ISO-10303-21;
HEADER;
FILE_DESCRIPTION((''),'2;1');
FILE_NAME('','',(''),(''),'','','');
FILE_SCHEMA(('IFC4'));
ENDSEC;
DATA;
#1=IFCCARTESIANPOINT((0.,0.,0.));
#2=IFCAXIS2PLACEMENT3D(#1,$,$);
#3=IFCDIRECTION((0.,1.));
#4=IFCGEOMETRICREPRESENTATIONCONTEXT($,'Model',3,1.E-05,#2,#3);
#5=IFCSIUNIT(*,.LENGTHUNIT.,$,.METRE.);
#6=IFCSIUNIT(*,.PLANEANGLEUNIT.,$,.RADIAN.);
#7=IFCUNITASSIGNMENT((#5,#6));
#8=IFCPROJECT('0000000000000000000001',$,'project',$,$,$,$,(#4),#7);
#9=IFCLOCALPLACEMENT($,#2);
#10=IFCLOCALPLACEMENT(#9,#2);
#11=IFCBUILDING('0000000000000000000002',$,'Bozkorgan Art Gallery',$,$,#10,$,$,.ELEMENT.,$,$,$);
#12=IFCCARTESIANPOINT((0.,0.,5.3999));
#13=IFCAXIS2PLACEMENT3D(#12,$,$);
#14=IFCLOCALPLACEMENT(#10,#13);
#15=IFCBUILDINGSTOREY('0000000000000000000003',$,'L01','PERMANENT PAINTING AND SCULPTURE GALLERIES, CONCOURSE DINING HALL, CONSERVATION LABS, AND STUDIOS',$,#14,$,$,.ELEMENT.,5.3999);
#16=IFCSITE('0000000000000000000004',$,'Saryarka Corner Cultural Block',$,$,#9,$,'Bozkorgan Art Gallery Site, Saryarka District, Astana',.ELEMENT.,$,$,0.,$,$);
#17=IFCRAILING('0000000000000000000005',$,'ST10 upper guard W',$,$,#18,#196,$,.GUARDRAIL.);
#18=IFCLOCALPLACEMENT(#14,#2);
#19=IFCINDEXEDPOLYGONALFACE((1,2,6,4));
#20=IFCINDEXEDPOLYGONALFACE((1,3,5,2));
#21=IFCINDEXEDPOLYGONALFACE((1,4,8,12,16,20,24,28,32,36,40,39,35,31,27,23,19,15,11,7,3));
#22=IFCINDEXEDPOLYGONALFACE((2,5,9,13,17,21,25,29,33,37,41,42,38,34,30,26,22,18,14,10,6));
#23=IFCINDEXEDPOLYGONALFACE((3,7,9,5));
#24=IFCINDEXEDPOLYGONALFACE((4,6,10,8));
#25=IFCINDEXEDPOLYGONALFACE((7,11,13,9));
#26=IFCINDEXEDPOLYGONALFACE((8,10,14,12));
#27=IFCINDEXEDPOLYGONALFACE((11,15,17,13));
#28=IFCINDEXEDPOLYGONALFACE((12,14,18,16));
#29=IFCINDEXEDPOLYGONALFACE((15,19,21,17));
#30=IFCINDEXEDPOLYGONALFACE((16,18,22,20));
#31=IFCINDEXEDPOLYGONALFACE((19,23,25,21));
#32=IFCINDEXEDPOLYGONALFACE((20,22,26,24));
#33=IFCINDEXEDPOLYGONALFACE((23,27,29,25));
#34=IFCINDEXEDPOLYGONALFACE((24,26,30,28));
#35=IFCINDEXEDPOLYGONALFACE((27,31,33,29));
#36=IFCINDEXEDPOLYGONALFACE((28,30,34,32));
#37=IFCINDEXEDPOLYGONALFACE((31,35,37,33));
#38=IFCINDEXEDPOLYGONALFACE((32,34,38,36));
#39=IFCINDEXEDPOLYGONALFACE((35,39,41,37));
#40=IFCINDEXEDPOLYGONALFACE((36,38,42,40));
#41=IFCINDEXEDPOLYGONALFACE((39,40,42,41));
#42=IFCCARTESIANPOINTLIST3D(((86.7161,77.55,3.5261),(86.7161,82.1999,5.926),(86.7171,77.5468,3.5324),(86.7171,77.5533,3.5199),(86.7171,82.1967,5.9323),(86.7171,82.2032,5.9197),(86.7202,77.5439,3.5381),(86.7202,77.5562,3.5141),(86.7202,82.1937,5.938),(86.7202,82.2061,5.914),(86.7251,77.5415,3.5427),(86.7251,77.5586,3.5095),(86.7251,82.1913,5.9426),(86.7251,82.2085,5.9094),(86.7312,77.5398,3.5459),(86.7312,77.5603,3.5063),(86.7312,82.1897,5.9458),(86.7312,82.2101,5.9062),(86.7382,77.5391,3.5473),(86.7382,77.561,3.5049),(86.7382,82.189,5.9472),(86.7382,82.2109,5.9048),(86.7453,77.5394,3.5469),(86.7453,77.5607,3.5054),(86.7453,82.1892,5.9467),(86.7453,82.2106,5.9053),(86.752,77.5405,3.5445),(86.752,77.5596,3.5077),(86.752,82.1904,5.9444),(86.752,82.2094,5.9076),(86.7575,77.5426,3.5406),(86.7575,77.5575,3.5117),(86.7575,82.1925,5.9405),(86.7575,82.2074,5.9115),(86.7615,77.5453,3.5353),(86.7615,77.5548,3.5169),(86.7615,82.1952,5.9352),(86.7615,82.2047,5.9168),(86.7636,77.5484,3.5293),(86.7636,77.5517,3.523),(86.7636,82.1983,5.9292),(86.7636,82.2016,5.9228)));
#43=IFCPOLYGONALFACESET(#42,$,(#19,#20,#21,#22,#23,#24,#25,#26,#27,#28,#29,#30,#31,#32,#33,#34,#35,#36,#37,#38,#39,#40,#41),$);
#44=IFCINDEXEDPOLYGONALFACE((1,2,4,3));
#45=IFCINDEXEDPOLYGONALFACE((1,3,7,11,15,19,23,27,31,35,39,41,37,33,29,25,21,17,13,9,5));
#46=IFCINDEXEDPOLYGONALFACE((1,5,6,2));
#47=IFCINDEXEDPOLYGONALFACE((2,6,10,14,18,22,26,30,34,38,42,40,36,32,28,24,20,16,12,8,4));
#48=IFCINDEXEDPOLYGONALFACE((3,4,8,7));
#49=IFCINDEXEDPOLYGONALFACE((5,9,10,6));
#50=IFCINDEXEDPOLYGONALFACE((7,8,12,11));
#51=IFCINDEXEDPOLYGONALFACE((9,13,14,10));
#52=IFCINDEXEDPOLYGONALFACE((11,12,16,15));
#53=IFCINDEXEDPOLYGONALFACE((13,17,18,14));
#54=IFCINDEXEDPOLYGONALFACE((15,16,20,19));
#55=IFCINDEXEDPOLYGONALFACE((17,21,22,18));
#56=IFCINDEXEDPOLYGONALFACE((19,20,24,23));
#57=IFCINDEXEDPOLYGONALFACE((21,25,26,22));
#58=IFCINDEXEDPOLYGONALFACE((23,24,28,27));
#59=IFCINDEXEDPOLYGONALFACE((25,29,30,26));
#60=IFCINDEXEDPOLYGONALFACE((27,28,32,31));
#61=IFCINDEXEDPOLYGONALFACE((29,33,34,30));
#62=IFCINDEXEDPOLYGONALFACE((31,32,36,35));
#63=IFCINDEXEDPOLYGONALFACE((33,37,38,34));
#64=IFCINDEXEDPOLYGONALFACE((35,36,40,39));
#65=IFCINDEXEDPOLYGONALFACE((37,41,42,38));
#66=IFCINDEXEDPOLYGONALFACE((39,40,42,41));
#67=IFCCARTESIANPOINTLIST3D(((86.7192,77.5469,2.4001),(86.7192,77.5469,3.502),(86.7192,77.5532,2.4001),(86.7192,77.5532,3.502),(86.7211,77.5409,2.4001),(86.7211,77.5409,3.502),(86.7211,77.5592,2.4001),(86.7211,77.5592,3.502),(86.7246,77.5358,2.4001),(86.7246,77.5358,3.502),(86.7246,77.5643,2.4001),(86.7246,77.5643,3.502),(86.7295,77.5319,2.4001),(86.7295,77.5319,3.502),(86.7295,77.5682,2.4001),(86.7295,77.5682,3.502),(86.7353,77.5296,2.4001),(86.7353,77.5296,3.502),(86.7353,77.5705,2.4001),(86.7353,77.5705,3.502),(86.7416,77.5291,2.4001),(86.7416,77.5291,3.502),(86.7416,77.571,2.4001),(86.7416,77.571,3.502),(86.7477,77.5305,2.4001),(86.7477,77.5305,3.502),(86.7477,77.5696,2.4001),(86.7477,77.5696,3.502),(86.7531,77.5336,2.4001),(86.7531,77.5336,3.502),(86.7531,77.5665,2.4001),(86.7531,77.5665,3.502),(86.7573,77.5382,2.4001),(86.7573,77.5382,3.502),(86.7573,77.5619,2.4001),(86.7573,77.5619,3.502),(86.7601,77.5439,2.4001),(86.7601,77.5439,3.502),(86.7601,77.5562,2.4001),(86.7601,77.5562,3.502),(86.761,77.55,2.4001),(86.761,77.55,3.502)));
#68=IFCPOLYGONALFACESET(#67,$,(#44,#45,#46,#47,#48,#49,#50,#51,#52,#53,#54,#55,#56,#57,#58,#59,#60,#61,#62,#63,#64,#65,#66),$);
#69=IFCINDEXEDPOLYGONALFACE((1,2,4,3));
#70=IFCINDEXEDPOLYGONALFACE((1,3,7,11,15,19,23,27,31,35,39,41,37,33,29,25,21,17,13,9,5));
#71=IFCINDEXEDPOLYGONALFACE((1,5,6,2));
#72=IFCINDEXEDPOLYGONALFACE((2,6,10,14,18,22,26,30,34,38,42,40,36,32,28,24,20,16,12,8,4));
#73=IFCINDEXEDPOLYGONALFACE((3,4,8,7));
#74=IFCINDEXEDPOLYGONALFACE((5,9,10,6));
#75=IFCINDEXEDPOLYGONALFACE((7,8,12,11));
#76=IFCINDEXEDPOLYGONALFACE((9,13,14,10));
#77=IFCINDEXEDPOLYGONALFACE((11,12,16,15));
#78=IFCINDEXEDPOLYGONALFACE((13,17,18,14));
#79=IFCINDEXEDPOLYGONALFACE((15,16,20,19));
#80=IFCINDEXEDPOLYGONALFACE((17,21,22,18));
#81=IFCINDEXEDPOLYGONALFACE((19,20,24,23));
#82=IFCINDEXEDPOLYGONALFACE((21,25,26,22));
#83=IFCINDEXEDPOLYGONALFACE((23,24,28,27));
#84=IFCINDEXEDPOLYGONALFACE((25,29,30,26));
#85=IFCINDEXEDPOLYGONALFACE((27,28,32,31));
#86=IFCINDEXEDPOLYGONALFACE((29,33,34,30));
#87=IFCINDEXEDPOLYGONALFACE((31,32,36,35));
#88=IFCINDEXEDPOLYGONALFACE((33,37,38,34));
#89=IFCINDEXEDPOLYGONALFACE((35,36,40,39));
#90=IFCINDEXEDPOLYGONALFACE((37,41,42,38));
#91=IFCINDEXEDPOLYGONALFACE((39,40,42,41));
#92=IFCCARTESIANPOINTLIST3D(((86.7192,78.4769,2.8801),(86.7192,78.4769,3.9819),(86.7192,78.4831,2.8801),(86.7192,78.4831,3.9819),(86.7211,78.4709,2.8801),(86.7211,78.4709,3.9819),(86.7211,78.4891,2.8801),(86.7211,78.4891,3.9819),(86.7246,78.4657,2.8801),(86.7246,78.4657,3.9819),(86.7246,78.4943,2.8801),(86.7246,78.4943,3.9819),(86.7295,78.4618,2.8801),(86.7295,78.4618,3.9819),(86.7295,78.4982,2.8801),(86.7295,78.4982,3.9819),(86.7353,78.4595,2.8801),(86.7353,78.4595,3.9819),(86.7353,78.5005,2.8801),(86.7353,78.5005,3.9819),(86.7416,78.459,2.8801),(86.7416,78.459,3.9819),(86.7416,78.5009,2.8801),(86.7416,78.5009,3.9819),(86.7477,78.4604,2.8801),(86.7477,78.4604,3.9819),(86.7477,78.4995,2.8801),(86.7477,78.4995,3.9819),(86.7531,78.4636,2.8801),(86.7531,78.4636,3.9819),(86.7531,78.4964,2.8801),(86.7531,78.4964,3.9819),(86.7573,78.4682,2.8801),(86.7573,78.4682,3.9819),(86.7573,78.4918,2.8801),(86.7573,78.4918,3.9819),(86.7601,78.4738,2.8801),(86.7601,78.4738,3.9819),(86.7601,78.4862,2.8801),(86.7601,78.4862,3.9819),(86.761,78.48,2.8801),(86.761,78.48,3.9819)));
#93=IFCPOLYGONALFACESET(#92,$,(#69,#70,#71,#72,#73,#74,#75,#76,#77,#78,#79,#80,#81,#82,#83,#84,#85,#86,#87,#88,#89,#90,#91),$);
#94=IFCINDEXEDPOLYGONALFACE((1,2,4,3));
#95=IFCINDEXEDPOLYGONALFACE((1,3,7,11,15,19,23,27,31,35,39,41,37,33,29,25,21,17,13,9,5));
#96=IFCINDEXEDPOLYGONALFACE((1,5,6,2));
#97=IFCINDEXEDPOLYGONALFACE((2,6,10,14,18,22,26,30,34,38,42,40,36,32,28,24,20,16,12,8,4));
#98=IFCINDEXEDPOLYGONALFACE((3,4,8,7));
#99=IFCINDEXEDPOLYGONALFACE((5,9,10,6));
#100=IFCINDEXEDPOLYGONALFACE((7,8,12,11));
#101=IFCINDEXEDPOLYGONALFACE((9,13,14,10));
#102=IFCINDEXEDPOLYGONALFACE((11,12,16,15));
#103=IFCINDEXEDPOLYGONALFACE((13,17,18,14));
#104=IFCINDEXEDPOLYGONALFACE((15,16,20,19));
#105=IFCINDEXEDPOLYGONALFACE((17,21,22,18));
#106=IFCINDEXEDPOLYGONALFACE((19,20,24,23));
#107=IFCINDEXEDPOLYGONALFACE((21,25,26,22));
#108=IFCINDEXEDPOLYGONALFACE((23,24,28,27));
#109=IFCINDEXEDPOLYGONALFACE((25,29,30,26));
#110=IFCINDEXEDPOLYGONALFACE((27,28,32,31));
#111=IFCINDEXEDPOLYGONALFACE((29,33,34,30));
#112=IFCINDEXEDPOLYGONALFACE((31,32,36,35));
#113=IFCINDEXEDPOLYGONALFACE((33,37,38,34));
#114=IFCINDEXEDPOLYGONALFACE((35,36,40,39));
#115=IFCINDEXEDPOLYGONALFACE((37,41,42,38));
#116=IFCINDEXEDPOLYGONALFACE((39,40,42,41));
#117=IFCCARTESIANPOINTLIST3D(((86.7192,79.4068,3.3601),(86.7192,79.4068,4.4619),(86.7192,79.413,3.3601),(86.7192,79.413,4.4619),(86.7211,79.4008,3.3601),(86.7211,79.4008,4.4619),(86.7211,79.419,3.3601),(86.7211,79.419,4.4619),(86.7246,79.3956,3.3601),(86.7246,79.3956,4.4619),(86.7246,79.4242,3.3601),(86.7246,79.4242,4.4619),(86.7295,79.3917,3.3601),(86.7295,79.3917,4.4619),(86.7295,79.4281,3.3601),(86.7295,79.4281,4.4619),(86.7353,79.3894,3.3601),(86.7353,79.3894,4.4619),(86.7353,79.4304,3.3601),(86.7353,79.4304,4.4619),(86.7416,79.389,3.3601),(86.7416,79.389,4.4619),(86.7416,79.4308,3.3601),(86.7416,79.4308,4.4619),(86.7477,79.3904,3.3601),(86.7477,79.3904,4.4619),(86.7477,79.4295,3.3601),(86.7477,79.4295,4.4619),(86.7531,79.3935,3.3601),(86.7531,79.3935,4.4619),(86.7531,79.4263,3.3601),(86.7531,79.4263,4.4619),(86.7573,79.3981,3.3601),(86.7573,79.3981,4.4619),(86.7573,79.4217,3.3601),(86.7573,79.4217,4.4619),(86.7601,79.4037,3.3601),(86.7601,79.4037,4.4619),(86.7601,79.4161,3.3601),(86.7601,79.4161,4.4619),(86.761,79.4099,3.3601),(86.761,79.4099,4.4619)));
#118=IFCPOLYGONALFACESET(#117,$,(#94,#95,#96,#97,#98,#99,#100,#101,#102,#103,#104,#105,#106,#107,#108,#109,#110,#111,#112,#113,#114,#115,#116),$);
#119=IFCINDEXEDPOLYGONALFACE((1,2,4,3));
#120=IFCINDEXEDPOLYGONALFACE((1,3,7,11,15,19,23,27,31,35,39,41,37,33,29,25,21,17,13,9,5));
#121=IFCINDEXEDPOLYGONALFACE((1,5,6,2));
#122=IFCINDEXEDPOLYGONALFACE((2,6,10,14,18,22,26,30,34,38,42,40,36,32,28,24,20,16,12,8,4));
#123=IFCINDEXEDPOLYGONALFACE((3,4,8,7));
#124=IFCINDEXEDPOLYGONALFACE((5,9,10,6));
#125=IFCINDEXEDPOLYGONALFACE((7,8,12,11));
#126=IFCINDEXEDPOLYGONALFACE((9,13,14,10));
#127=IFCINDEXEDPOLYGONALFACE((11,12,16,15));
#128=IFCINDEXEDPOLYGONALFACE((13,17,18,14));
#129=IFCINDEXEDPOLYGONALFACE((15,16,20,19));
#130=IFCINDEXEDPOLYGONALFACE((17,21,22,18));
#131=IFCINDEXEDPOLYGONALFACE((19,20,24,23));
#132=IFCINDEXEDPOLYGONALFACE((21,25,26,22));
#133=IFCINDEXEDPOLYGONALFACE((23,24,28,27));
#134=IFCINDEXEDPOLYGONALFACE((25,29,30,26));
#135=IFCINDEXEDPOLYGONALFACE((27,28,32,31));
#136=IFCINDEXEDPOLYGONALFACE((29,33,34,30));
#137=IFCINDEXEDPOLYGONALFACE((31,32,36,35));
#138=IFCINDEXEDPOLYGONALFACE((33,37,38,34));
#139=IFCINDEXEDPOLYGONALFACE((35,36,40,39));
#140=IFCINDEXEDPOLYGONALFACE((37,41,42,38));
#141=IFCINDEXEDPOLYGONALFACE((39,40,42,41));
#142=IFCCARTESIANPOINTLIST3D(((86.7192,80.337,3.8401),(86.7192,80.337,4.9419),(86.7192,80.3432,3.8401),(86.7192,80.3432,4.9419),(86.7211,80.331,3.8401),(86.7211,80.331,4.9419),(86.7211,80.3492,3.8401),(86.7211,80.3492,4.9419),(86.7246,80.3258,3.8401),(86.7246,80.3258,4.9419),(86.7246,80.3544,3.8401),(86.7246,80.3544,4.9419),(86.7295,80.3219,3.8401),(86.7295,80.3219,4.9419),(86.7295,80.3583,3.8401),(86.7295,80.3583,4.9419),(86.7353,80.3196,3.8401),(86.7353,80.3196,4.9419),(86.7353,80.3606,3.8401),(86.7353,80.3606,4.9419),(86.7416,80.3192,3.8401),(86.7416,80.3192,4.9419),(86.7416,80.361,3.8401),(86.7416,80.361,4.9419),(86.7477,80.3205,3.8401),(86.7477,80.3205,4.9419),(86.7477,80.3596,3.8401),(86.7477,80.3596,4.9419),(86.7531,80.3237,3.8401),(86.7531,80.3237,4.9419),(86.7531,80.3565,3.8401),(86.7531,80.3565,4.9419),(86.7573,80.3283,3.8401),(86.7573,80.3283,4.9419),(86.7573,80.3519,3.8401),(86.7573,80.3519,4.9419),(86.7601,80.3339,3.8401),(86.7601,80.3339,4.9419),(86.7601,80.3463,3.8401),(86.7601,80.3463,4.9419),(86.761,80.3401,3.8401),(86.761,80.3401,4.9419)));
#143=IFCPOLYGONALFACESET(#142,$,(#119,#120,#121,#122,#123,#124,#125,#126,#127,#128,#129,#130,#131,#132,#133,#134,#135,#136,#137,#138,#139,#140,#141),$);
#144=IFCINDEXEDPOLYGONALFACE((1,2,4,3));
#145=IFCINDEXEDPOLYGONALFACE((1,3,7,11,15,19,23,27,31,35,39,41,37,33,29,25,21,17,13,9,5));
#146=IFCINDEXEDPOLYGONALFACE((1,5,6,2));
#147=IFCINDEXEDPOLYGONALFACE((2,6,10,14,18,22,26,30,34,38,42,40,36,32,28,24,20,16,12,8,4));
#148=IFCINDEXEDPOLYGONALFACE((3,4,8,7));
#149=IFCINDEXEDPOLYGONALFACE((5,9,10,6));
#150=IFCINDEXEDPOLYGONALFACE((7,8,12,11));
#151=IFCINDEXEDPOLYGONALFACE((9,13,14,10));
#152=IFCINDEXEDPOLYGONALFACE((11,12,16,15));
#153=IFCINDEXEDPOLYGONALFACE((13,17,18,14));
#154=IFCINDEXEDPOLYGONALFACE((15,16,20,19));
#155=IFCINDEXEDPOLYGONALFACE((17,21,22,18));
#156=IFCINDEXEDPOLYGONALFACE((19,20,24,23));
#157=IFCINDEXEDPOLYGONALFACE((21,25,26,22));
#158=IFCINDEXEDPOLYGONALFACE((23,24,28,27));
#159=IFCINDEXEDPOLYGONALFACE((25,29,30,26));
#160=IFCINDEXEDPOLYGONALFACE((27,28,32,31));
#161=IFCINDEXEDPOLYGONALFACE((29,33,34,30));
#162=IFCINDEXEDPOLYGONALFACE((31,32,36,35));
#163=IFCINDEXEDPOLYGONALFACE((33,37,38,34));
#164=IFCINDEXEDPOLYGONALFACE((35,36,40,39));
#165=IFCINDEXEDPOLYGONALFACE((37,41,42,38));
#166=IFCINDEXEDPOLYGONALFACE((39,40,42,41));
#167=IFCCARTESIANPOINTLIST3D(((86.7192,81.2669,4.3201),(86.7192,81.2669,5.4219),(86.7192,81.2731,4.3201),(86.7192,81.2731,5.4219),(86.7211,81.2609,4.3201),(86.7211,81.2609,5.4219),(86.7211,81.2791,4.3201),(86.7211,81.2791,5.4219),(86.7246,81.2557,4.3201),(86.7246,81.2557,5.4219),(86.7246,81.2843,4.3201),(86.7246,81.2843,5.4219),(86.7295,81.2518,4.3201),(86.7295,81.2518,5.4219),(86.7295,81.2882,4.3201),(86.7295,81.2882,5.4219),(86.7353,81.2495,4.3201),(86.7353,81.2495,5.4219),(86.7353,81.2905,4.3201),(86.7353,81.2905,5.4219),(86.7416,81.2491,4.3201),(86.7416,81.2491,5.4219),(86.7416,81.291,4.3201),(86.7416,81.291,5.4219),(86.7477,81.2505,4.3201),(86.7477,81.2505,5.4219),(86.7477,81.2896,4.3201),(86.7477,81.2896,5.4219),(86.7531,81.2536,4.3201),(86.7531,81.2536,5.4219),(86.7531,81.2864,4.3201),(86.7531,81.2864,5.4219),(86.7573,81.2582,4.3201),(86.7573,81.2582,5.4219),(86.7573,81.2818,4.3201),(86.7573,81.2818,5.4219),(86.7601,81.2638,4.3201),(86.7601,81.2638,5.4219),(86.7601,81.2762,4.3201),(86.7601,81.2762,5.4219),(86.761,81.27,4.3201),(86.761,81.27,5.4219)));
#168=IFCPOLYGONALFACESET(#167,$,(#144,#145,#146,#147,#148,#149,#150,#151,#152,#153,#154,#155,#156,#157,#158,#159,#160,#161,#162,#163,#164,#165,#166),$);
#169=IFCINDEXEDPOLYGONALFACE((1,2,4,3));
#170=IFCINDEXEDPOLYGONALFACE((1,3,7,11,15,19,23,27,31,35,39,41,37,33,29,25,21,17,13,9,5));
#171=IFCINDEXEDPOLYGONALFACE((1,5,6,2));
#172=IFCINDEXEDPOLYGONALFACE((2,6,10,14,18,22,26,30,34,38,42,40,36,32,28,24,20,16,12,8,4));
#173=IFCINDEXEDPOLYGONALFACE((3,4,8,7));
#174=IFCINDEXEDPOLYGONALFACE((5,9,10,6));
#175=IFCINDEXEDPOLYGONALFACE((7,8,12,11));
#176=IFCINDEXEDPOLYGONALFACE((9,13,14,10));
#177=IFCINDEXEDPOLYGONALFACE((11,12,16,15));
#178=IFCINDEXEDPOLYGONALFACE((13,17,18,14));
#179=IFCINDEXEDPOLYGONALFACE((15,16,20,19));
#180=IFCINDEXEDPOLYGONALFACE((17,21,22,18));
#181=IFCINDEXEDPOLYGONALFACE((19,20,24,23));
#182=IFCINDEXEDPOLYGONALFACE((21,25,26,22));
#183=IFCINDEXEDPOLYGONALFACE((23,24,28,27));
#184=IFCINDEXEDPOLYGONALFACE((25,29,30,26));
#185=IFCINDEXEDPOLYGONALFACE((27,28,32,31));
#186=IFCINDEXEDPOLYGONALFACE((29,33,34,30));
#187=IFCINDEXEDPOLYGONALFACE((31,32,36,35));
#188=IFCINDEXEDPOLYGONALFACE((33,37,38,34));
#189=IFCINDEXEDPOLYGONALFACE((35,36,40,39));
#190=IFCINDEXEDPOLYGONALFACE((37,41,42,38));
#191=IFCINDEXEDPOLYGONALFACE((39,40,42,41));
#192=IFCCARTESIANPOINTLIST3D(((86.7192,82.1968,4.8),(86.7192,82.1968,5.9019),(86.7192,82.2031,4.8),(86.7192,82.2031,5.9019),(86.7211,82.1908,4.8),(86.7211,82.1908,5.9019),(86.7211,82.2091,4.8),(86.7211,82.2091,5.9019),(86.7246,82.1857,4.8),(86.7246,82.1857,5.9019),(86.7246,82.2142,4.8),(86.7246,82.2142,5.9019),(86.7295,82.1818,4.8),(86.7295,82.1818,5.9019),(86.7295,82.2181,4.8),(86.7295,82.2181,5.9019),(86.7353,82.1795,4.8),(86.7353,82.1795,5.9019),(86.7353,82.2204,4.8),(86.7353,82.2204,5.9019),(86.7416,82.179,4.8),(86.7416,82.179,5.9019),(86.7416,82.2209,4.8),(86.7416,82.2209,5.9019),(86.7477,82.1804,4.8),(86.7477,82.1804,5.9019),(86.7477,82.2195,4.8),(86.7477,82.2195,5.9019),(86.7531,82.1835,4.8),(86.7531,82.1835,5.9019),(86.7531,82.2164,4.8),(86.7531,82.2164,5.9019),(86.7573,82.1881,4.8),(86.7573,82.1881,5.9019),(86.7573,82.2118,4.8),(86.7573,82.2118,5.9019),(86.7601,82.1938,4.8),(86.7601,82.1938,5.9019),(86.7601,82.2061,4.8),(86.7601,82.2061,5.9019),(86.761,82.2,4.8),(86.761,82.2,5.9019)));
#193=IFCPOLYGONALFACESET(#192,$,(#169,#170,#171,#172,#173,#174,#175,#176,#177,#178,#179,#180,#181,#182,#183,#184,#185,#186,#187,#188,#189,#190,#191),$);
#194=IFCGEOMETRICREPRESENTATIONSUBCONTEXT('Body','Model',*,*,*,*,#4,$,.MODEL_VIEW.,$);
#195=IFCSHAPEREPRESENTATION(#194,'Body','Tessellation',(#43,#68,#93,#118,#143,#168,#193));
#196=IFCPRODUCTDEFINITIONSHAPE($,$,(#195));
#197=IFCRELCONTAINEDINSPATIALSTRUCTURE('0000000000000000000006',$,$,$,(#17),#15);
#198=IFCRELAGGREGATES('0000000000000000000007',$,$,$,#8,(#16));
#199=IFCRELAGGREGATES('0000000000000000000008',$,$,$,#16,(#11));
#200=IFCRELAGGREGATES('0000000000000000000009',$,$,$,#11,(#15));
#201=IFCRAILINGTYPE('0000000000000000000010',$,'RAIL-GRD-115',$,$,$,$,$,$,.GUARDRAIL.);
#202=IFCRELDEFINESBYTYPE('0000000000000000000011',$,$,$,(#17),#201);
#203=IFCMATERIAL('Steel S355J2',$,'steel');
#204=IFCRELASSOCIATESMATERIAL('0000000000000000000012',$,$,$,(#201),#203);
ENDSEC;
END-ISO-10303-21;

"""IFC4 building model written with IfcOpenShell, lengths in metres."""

from ifc_helpers import new_model, si_unit, direction, frame, origin, origin_2d, place, context, subcontext, project, spatial, circle, extrude, material, type_object, element, save


model = new_model("IFC4")

# Units and contexts
model_context = context("Model", 3, precision=1e-05, world=origin(), true_north=direction((0.0, 1.0)))
body_context = subcontext(model_context, "Body", "Model", "MODEL_VIEW")
ifc_project = project(units=[si_unit("LENGTHUNIT", "METRE"), si_unit("PLANEANGLEUNIT", "RADIAN")], contexts=[model_context])

# Site, building, storey
site_placement = place(None, origin())
site = spatial("IfcSite", under=ifc_project, at=site_placement, Name="Saryarka Corner Cultural Block", LongName="Bozkorgan Art Gallery Site, Saryarka District, Astana", CompositionType="ELEMENT", RefElevation=0.0)
building_placement = place(site_placement, origin())
building = spatial("IfcBuilding", under=site, at=building_placement, Name="Bozkorgan Art Gallery", CompositionType="ELEMENT")
storey_placement = place(building_placement, frame((0.0, 0.0, 5.3999)))
storey = spatial("IfcBuildingStorey", under=building, at=storey_placement, Name="L01", Description="PERMANENT PAINTING AND SCULPTURE GALLERIES, CONCOURSE DINING HALL, CONSERVATION LABS, AND STUDIOS", CompositionType="ELEMENT", Elevation=5.3999)

# Shared definitions
ifc_material_1 = material(Name="Steel S355J2", Category="steel")

# Railing
railing_type = type_object("IfcRailingType", Name="RAIL-GRD-115", PredefinedType="GUARDRAIL", material=ifc_material_1)
railing_1_placement = place(storey_placement, frame((86.74, 77.55, 2.4001)))
element("IfcRailing", 1, at=railing_1_placement, inside=storey, type_object=railing_type, Name="ST10 upper guard W", PredefinedType="GUARDRAIL", context=body_context, shape_type="SweptSolid", body=[
    extrude(circle(Radius=0.0239, at=origin_2d()), frame((0.0, 0.0, 1.126), z_axis=(0.0, 0.888624, 0.458636), x_axis=(-1.0, 0.0, 0.0)), (0.0, 0.0, 1.0), 5.2327),
    extrude(circle(Radius=0.021, at=origin_2d()), origin(), (0.0, 0.0, 1.0), 1.1018),
    extrude(circle(Radius=0.021, at=origin_2d()), frame((0.0, 0.9299, 0.48)), (0.0, 0.0, 1.0), 1.1018),
    extrude(circle(Radius=0.021, at=origin_2d()), frame((0.0, 1.8599, 0.96)), (0.0, 0.0, 1.0), 1.1018),
    extrude(circle(Radius=0.021, at=origin_2d()), frame((0.0, 2.79, 1.4399)), (0.0, 0.0, 1.0), 1.1018),
    extrude(circle(Radius=0.021, at=origin_2d()), frame((0.0, 3.72, 1.9199)), (0.0, 0.0, 1.0), 1.1018),
    extrude(circle(Radius=0.021, at=origin_2d()), frame((0.0, 4.6499, 2.3999)), (0.0, 0.0, 1.0), 1.1018),
])

save(model, "model.ifc")
